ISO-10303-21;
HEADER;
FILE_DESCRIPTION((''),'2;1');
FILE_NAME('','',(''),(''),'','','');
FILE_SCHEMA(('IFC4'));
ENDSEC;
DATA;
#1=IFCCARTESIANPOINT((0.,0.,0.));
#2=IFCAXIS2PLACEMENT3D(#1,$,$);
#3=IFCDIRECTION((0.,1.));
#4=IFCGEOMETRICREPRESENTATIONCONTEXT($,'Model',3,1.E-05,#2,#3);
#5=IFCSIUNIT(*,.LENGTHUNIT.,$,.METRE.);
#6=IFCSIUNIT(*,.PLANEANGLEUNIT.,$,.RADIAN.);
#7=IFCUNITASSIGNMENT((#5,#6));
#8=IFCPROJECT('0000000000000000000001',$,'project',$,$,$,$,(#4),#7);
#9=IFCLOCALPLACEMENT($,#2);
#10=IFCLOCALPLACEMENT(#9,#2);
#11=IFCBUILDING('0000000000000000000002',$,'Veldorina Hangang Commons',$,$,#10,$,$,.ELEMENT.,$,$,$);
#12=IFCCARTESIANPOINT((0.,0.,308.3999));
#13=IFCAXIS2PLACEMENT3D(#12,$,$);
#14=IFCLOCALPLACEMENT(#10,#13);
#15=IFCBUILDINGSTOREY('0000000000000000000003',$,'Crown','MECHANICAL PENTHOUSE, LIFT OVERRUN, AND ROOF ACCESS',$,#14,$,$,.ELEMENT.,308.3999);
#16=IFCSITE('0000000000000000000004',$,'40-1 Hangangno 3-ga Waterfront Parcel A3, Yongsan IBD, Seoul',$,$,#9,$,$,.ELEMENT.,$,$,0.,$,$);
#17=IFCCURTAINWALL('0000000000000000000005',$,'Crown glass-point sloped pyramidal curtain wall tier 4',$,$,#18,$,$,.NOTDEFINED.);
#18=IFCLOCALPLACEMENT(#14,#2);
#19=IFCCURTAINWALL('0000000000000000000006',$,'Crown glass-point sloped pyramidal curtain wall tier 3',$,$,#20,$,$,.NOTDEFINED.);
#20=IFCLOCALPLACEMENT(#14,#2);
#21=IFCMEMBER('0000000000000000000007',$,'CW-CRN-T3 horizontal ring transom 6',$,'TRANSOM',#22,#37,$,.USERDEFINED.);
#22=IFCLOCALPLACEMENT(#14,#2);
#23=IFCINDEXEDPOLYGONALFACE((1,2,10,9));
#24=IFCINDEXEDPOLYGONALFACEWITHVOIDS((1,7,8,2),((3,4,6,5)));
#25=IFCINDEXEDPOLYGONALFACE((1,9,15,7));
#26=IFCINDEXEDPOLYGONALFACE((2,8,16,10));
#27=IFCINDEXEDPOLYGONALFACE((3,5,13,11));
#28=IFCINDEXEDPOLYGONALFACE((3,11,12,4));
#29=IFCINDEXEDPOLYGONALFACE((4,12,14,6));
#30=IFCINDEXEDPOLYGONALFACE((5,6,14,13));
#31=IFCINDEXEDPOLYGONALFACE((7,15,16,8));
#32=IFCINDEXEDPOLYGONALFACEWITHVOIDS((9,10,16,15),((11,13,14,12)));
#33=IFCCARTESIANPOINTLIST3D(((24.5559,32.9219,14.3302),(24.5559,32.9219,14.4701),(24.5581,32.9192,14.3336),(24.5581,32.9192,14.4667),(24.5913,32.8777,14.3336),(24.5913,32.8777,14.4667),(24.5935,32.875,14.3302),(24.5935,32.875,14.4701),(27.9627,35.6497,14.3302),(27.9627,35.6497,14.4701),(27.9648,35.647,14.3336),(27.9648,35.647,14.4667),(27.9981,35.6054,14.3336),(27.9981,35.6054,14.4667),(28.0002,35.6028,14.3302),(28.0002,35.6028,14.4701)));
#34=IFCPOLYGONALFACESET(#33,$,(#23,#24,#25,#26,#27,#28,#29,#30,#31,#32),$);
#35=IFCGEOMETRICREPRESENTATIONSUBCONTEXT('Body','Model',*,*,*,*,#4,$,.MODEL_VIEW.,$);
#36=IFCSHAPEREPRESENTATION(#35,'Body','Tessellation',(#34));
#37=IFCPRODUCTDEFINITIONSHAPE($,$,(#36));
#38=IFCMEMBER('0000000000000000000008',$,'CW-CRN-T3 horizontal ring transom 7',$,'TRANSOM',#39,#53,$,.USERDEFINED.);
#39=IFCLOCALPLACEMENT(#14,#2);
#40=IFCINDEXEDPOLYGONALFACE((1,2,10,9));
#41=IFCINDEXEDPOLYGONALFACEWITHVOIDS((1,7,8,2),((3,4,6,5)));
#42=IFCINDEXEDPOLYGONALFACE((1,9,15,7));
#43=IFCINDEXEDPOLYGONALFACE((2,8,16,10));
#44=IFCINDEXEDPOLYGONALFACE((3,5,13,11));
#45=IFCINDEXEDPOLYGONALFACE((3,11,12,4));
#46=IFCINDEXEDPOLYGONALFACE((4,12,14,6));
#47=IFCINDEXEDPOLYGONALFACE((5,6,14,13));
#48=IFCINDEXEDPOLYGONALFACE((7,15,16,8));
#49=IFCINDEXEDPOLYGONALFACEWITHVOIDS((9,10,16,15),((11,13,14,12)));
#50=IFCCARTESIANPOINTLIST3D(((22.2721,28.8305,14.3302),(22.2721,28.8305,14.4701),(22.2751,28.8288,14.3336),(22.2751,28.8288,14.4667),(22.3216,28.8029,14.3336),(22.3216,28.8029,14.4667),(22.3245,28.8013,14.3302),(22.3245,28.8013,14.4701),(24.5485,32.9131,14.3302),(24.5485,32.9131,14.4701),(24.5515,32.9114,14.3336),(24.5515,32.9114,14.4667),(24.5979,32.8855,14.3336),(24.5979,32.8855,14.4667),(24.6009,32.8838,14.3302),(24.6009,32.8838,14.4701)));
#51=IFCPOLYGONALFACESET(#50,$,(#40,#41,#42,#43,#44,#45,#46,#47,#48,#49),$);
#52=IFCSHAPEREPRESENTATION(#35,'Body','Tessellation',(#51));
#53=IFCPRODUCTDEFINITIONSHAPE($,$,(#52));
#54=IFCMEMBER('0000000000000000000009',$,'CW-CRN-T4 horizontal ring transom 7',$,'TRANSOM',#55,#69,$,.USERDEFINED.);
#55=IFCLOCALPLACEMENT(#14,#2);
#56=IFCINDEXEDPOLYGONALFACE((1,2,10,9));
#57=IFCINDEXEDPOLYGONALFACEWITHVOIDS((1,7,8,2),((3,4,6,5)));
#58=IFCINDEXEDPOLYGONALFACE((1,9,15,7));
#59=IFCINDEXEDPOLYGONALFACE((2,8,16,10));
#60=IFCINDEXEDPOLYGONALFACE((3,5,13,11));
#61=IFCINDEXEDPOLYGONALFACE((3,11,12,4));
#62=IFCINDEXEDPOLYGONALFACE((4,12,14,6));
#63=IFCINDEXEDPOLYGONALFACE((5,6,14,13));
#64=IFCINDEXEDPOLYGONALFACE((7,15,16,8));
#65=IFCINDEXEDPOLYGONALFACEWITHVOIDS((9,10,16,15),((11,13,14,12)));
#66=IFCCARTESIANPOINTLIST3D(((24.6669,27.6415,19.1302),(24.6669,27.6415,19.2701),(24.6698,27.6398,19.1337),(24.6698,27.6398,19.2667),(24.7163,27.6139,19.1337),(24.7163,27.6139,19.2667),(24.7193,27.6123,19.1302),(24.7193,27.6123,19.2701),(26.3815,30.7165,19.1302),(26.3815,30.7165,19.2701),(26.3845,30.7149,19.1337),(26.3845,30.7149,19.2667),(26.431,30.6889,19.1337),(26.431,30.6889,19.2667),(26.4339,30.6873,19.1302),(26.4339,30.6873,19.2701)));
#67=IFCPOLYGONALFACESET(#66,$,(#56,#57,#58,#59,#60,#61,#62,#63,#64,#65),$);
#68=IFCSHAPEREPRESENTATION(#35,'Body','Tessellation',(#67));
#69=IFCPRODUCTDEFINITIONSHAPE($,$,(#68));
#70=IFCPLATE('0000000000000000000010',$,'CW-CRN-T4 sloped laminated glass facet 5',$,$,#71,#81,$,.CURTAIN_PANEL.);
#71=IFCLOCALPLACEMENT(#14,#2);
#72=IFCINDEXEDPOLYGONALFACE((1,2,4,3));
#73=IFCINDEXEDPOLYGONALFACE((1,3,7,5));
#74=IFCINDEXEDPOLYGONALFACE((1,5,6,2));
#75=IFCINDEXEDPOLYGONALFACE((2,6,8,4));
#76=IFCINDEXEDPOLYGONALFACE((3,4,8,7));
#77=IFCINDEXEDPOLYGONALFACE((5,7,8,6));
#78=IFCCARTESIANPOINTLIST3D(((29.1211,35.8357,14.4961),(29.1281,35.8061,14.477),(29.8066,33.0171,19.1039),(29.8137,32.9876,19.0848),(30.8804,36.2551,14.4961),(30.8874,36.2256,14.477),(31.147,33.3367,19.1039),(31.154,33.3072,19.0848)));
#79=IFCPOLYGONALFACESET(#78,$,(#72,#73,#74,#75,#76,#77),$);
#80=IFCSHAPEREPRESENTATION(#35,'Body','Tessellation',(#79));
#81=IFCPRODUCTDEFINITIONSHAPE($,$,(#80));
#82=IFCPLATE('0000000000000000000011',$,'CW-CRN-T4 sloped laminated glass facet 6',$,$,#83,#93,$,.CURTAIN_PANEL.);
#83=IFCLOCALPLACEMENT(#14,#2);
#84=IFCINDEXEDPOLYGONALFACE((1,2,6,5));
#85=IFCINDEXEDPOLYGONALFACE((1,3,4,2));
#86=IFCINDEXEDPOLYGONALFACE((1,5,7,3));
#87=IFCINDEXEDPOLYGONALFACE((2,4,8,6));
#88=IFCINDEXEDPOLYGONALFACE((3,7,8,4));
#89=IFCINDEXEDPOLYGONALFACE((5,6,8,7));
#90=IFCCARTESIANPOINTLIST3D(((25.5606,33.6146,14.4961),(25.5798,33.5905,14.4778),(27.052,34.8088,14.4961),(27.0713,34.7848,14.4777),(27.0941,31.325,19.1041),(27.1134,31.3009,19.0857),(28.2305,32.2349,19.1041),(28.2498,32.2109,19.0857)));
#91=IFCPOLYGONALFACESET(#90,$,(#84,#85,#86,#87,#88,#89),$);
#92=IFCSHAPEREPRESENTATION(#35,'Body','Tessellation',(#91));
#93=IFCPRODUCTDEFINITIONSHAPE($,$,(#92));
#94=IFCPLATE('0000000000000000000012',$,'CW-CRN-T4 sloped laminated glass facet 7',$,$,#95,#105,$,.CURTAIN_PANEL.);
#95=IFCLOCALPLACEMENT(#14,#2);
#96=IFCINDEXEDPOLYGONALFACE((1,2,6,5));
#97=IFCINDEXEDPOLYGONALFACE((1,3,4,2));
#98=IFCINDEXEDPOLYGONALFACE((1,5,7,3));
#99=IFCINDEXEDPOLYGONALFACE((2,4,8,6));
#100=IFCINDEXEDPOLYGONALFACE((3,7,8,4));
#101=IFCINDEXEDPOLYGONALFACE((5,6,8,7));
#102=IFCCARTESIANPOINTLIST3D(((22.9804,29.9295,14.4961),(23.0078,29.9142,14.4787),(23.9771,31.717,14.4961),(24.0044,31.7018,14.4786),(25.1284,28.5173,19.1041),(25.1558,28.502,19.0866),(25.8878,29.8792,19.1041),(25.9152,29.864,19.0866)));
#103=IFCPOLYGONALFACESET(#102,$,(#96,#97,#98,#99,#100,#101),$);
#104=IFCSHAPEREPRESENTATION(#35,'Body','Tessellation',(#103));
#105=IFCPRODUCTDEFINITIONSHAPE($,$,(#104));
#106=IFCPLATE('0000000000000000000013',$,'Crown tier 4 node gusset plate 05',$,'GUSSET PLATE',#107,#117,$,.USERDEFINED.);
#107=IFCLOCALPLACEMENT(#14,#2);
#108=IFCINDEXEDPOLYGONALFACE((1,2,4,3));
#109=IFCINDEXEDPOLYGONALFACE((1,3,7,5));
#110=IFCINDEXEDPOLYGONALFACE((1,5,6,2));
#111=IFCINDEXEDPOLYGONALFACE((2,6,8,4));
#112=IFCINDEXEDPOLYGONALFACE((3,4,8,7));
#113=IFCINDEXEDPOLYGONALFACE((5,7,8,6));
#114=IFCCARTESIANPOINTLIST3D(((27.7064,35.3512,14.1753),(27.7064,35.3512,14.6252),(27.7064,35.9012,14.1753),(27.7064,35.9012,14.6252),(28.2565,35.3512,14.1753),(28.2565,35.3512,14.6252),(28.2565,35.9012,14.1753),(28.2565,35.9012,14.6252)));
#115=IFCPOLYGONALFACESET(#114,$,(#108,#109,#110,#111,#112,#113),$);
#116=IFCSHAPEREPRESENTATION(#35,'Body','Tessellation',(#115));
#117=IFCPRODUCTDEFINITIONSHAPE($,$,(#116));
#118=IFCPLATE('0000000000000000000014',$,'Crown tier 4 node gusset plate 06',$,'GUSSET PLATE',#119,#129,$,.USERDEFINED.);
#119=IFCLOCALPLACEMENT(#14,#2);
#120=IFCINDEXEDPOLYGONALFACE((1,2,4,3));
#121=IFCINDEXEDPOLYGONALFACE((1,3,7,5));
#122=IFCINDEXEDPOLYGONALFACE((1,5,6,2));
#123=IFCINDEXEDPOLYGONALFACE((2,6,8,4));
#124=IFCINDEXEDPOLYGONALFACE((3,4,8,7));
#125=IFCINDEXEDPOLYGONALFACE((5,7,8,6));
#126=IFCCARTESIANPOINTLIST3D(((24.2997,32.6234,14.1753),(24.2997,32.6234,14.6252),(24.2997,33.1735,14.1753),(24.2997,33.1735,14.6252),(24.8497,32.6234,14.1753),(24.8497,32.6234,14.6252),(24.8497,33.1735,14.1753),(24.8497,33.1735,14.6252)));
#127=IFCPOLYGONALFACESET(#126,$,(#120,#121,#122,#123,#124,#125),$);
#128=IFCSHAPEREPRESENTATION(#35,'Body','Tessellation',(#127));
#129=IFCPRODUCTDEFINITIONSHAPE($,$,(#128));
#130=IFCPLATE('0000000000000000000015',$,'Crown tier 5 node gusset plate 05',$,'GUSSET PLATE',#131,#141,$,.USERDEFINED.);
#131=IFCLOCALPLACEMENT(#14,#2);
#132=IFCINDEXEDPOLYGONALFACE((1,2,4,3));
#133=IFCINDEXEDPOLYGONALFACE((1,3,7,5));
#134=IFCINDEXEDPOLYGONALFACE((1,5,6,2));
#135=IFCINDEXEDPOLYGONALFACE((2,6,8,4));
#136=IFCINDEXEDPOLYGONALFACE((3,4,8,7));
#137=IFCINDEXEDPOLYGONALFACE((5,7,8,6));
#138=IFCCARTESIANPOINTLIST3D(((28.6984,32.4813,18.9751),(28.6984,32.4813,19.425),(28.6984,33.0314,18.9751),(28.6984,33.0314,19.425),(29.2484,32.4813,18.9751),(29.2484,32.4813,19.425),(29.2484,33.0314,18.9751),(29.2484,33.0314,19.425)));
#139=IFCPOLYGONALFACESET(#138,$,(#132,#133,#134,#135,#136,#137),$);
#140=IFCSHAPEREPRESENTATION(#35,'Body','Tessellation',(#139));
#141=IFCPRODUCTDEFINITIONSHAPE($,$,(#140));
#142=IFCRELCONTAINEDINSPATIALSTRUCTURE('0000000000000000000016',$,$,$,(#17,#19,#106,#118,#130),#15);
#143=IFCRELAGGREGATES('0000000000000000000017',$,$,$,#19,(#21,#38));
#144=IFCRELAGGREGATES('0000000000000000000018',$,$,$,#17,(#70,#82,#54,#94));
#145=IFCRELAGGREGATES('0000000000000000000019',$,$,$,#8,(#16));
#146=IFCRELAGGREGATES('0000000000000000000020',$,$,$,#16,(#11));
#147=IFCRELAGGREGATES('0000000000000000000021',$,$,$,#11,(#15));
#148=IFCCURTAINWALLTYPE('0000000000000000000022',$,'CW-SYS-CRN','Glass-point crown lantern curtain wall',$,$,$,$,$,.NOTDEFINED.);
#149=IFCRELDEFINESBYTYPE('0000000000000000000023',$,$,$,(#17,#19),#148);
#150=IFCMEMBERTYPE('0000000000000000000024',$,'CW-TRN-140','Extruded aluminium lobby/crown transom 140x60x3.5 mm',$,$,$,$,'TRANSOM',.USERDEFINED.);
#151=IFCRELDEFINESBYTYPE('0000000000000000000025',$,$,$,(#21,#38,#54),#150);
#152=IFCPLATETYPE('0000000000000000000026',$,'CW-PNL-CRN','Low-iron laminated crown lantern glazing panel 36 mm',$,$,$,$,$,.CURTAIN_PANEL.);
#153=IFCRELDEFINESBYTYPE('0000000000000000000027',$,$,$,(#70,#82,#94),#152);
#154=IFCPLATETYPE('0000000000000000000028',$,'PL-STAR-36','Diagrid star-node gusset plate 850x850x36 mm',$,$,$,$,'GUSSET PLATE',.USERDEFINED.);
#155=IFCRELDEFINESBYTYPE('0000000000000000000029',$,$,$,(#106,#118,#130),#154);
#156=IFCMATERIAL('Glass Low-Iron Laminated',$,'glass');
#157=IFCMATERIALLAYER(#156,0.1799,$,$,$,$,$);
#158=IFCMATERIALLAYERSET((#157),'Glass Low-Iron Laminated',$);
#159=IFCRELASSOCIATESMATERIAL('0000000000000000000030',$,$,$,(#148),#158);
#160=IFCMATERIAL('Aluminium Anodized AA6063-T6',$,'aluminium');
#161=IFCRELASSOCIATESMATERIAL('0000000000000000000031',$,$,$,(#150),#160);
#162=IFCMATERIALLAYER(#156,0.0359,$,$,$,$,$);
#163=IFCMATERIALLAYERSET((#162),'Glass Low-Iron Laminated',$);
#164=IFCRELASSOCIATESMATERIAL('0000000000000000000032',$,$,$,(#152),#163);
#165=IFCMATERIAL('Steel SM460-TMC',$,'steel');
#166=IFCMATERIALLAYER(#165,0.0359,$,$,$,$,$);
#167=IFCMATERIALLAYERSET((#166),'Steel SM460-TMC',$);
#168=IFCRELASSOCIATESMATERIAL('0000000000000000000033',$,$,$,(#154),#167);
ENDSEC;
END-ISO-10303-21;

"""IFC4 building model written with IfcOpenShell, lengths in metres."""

from ifc_helpers import new_model, si_unit, direction, frame, origin, origin_2d, place, context, subcontext, project, spatial, polyline, rectangle, hollow_rectangle, outline, extrude, material, layer, layer_set, material_profile, profile_set, type_object, element, aggregate, save


model = new_model("IFC4")

# Units and contexts
model_context = context("Model", 3, precision=1e-05, world=origin(), true_north=direction((0.0, 1.0)))
body_context = subcontext(model_context, "Body", "Model", "MODEL_VIEW")
ifc_project = project(units=[si_unit("LENGTHUNIT", "METRE"), si_unit("PLANEANGLEUNIT", "RADIAN")], contexts=[model_context])

# Site, building, storey
site_placement = place(None, origin())
site = spatial("IfcSite", under=ifc_project, at=site_placement, Name="40-1 Hangangno 3-ga Waterfront Parcel A3, Yongsan IBD, Seoul", CompositionType="ELEMENT", RefElevation=0.0)
building_placement = place(site_placement, origin())
building = spatial("IfcBuilding", under=site, at=building_placement, Name="Veldorina Hangang Commons", CompositionType="ELEMENT")
storey_placement = place(building_placement, frame((0.0, 0.0, 308.3999)))
storey = spatial("IfcBuildingStorey", under=building, at=storey_placement, Name="Crown", Description="MECHANICAL PENTHOUSE, LIFT OVERRUN, AND ROOF ACCESS", CompositionType="ELEMENT", Elevation=308.3999)

# Shared definitions
ifc_material_1 = material(Name="Steel SM460-TMC", Category="steel")

# Curtain wall
ifc_material_2 = material(Name="Glass Low-Iron Laminated", Category="glass")
ifc_layer_1 = layer(ifc_material_2, 0.1799)
ifc_layer_set_1 = layer_set([ifc_layer_1], Name="Glass Low-Iron Laminated")
curtain_wall_type = type_object("IfcCurtainWallType", Name="CW-SYS-CRN", Description="Glass-point crown lantern curtain wall", PredefinedType="NOTDEFINED", material=ifc_layer_set_1)
curtain_wall_1_placement = place(storey_placement, origin())
curtain_wall_1 = element("IfcCurtainWall", 1, at=curtain_wall_1_placement, inside=storey, type_object=curtain_wall_type, Name="Crown glass-point sloped pyramidal curtain wall tier 4", PredefinedType="NOTDEFINED")
ifc_material_3 = material(Name="Aluminium Anodized AA6063-T6", Category="aluminium")

# Curtain wall, members
curtain_wall_2_placement = place(storey_placement, origin())
curtain_wall_2 = element("IfcCurtainWall", 2, at=curtain_wall_2_placement, inside=storey, type_object=curtain_wall_type, Name="Crown glass-point sloped pyramidal curtain wall tier 3", PredefinedType="NOTDEFINED")
ifc_material_profile_1 = material_profile(ifc_material_3, hollow_rectangle(XDim=0.0601, YDim=0.1399, WallThickness=0.0034, at=origin_2d()), Name="ALU-RHS-140x60x3.5")
ifc_profile_set_1 = profile_set([ifc_material_profile_1], Name="Aluminium Anodized AA6063-T6")
member_type_1 = type_object("IfcMemberType", Name="CW-TRN-140", Description="Extruded aluminium lobby/crown transom 140x60x3.5 mm", ElementType="TRANSOM", PredefinedType="USERDEFINED", material=ifc_profile_set_1)
member_1_placement = place(storey_placement, frame((27.9814, 35.6262, 14.4001), z_axis=(-0.780601, -0.625029, 0.0), x_axis=(0.625029, -0.780601, 0.0)))
member_1 = element("IfcMember", 3, at=member_1_placement, type_object=member_type_1, Name="CW-CRN-T3 horizontal ring transom 6", ObjectType="TRANSOM", PredefinedType="USERDEFINED", context=body_context, shape_type="SweptSolid", body=[
    extrude(hollow_rectangle(XDim=0.0601, YDim=0.1399, WallThickness=0.0034, at=origin_2d()), origin(), (0.0, 0.0, 1.0), 4.3643),
])
member_2_placement = place(storey_placement, frame((24.5747, 32.8984, 14.4001), z_axis=(-0.486999, -0.873402, 0.0), x_axis=(0.873402, -0.486999, 0.0)))
member_2 = element("IfcMember", 4, at=member_2_placement, type_object=member_type_1, Name="CW-CRN-T3 horizontal ring transom 7", ObjectType="TRANSOM", PredefinedType="USERDEFINED", context=body_context, shape_type="SweptSolid", body=[
    extrude(hollow_rectangle(XDim=0.0601, YDim=0.1399, WallThickness=0.0034, at=origin_2d()), origin(), (0.0, 0.0, 1.0), 4.6743),
])
aggregate(curtain_wall_2, [member_1, member_2])

# Member
member_3_placement = place(storey_placement, frame((26.4077, 30.7019, 19.2002), z_axis=(-0.487008, -0.873397, 0.0), x_axis=(0.873397, -0.487008, 0.0)))
member_3 = element("IfcMember", 5, at=member_3_placement, type_object=member_type_1, Name="CW-CRN-T4 horizontal ring transom 7", ObjectType="TRANSOM", PredefinedType="USERDEFINED", context=body_context, shape_type="SweptSolid", body=[
    extrude(hollow_rectangle(XDim=0.0601, YDim=0.1399, WallThickness=0.0034, at=origin_2d()), origin(), (0.0, 0.0, 1.0), 3.5208),
])

# Plates
ifc_layer_2 = layer(ifc_material_2, 0.0359)
ifc_layer_set_2 = layer_set([ifc_layer_2], Name="Glass Low-Iron Laminated")
plate_type_1 = type_object("IfcPlateType", Name="CW-PNL-CRN", Description="Low-iron laminated crown lantern glazing panel 36 mm", PredefinedType="CURTAIN_PANEL", material=ifc_layer_set_2)
plate_1_placement = place(storey_placement, frame((30.8804, 36.2551, 14.4961), z_axis=(-0.19627, 0.823204, 0.532741), x_axis=(-0.972735, -0.231919, -0.000004)))
plate_1 = element("IfcPlate", 6, at=plate_1_placement, type_object=plate_type_1, Name="CW-CRN-T4 sloped laminated glass facet 5", PredefinedType="CURTAIN_PANEL", context=body_context, shape_type="SweptSolid", body=[
    extrude(outline(polyline([(0.0, 0.0), (1.8086, 0.0), (1.7954, 5.4448), (0.4175, 5.4448), (0.0, 0.0)])), origin(), (0.0, 0.0, -1.0), 0.0359),
])
plate_2_placement = place(storey_placement, frame((27.052, 34.8088, 14.4961), z_axis=(-0.536942, 0.67057, 0.511889), x_axis=(-0.780587, -0.625048, 0.000016)))
plate_2 = element("IfcPlate", 7, at=plate_2_placement, type_object=plate_type_1, Name="CW-CRN-T4 sloped laminated glass facet 6", PredefinedType="CURTAIN_PANEL", context=body_context, shape_type="SweptSolid", body=[
    extrude(outline(polyline([(0.0, 0.0), (1.9106, 0.0), (2.1448, 5.364), (0.689, 5.364), (0.0, 0.0)])), origin(), (0.0, 0.0, -1.0), 0.0359),
])
plate_3_placement = place(storey_placement, frame((23.9771, 31.717, 14.4961), z_axis=(-0.763247, 0.425525, 0.486193), x_axis=(-0.48695, -0.87343, 0.000007)))
plate_3 = element("IfcPlate", 8, at=plate_3_placement, type_object=plate_type_1, Name="CW-CRN-T4 sloped laminated glass facet 7", PredefinedType="CURTAIN_PANEL", context=body_context, shape_type="SweptSolid", body=[
    extrude(outline(polyline([(0.0, 0.0), (2.0466, 0.0), (2.2341, 5.2732), (0.6748, 5.2732), (0.0, 0.0)])), origin(), (0.0, 0.0, -1.0), 0.0359),
])
aggregate(curtain_wall_1, [plate_1, plate_2, member_3, plate_3])

# Plates
ifc_layer_3 = layer(ifc_material_1, 0.0359)
ifc_layer_set_3 = layer_set([ifc_layer_3], Name="Steel SM460-TMC")
plate_type_2 = type_object("IfcPlateType", Name="PL-STAR-36", Description="Diagrid star-node gusset plate 850x850x36 mm", ElementType="GUSSET PLATE", PredefinedType="USERDEFINED", material=ifc_layer_set_3)
for number, where, z_axis, x_axis, name in (
    (9, (27.9814, 35.6262, 14.1753), (0.0, 0.0, 1.0), (1.0, 0.0, 0.0), "Crown tier 4 node gusset plate 05"),
    (10, (24.5747, 32.8984, 14.1753), (0.0, 0.0, 1.0), (1.0, 0.0, 0.0), "Crown tier 4 node gusset plate 06"),
    (11, (28.9734, 32.7563, 18.9751), (0.0, 0.0, 1.0), (1.0, 0.0, 0.0), "Crown tier 5 node gusset plate 05"),
):
    element("IfcPlate", number, at=place(storey_placement, frame(where, z_axis=z_axis, x_axis=x_axis)), inside=storey, type_object=plate_type_2, Name=name, ObjectType="GUSSET PLATE", PredefinedType="USERDEFINED", context=body_context, shape_type="SweptSolid", body=[
        extrude(rectangle(XDim=0.55, YDim=0.55, at=origin_2d()), origin(), (0.0, 0.0, 1.0), 0.45),
    ])

save(model, "model.ifc")
